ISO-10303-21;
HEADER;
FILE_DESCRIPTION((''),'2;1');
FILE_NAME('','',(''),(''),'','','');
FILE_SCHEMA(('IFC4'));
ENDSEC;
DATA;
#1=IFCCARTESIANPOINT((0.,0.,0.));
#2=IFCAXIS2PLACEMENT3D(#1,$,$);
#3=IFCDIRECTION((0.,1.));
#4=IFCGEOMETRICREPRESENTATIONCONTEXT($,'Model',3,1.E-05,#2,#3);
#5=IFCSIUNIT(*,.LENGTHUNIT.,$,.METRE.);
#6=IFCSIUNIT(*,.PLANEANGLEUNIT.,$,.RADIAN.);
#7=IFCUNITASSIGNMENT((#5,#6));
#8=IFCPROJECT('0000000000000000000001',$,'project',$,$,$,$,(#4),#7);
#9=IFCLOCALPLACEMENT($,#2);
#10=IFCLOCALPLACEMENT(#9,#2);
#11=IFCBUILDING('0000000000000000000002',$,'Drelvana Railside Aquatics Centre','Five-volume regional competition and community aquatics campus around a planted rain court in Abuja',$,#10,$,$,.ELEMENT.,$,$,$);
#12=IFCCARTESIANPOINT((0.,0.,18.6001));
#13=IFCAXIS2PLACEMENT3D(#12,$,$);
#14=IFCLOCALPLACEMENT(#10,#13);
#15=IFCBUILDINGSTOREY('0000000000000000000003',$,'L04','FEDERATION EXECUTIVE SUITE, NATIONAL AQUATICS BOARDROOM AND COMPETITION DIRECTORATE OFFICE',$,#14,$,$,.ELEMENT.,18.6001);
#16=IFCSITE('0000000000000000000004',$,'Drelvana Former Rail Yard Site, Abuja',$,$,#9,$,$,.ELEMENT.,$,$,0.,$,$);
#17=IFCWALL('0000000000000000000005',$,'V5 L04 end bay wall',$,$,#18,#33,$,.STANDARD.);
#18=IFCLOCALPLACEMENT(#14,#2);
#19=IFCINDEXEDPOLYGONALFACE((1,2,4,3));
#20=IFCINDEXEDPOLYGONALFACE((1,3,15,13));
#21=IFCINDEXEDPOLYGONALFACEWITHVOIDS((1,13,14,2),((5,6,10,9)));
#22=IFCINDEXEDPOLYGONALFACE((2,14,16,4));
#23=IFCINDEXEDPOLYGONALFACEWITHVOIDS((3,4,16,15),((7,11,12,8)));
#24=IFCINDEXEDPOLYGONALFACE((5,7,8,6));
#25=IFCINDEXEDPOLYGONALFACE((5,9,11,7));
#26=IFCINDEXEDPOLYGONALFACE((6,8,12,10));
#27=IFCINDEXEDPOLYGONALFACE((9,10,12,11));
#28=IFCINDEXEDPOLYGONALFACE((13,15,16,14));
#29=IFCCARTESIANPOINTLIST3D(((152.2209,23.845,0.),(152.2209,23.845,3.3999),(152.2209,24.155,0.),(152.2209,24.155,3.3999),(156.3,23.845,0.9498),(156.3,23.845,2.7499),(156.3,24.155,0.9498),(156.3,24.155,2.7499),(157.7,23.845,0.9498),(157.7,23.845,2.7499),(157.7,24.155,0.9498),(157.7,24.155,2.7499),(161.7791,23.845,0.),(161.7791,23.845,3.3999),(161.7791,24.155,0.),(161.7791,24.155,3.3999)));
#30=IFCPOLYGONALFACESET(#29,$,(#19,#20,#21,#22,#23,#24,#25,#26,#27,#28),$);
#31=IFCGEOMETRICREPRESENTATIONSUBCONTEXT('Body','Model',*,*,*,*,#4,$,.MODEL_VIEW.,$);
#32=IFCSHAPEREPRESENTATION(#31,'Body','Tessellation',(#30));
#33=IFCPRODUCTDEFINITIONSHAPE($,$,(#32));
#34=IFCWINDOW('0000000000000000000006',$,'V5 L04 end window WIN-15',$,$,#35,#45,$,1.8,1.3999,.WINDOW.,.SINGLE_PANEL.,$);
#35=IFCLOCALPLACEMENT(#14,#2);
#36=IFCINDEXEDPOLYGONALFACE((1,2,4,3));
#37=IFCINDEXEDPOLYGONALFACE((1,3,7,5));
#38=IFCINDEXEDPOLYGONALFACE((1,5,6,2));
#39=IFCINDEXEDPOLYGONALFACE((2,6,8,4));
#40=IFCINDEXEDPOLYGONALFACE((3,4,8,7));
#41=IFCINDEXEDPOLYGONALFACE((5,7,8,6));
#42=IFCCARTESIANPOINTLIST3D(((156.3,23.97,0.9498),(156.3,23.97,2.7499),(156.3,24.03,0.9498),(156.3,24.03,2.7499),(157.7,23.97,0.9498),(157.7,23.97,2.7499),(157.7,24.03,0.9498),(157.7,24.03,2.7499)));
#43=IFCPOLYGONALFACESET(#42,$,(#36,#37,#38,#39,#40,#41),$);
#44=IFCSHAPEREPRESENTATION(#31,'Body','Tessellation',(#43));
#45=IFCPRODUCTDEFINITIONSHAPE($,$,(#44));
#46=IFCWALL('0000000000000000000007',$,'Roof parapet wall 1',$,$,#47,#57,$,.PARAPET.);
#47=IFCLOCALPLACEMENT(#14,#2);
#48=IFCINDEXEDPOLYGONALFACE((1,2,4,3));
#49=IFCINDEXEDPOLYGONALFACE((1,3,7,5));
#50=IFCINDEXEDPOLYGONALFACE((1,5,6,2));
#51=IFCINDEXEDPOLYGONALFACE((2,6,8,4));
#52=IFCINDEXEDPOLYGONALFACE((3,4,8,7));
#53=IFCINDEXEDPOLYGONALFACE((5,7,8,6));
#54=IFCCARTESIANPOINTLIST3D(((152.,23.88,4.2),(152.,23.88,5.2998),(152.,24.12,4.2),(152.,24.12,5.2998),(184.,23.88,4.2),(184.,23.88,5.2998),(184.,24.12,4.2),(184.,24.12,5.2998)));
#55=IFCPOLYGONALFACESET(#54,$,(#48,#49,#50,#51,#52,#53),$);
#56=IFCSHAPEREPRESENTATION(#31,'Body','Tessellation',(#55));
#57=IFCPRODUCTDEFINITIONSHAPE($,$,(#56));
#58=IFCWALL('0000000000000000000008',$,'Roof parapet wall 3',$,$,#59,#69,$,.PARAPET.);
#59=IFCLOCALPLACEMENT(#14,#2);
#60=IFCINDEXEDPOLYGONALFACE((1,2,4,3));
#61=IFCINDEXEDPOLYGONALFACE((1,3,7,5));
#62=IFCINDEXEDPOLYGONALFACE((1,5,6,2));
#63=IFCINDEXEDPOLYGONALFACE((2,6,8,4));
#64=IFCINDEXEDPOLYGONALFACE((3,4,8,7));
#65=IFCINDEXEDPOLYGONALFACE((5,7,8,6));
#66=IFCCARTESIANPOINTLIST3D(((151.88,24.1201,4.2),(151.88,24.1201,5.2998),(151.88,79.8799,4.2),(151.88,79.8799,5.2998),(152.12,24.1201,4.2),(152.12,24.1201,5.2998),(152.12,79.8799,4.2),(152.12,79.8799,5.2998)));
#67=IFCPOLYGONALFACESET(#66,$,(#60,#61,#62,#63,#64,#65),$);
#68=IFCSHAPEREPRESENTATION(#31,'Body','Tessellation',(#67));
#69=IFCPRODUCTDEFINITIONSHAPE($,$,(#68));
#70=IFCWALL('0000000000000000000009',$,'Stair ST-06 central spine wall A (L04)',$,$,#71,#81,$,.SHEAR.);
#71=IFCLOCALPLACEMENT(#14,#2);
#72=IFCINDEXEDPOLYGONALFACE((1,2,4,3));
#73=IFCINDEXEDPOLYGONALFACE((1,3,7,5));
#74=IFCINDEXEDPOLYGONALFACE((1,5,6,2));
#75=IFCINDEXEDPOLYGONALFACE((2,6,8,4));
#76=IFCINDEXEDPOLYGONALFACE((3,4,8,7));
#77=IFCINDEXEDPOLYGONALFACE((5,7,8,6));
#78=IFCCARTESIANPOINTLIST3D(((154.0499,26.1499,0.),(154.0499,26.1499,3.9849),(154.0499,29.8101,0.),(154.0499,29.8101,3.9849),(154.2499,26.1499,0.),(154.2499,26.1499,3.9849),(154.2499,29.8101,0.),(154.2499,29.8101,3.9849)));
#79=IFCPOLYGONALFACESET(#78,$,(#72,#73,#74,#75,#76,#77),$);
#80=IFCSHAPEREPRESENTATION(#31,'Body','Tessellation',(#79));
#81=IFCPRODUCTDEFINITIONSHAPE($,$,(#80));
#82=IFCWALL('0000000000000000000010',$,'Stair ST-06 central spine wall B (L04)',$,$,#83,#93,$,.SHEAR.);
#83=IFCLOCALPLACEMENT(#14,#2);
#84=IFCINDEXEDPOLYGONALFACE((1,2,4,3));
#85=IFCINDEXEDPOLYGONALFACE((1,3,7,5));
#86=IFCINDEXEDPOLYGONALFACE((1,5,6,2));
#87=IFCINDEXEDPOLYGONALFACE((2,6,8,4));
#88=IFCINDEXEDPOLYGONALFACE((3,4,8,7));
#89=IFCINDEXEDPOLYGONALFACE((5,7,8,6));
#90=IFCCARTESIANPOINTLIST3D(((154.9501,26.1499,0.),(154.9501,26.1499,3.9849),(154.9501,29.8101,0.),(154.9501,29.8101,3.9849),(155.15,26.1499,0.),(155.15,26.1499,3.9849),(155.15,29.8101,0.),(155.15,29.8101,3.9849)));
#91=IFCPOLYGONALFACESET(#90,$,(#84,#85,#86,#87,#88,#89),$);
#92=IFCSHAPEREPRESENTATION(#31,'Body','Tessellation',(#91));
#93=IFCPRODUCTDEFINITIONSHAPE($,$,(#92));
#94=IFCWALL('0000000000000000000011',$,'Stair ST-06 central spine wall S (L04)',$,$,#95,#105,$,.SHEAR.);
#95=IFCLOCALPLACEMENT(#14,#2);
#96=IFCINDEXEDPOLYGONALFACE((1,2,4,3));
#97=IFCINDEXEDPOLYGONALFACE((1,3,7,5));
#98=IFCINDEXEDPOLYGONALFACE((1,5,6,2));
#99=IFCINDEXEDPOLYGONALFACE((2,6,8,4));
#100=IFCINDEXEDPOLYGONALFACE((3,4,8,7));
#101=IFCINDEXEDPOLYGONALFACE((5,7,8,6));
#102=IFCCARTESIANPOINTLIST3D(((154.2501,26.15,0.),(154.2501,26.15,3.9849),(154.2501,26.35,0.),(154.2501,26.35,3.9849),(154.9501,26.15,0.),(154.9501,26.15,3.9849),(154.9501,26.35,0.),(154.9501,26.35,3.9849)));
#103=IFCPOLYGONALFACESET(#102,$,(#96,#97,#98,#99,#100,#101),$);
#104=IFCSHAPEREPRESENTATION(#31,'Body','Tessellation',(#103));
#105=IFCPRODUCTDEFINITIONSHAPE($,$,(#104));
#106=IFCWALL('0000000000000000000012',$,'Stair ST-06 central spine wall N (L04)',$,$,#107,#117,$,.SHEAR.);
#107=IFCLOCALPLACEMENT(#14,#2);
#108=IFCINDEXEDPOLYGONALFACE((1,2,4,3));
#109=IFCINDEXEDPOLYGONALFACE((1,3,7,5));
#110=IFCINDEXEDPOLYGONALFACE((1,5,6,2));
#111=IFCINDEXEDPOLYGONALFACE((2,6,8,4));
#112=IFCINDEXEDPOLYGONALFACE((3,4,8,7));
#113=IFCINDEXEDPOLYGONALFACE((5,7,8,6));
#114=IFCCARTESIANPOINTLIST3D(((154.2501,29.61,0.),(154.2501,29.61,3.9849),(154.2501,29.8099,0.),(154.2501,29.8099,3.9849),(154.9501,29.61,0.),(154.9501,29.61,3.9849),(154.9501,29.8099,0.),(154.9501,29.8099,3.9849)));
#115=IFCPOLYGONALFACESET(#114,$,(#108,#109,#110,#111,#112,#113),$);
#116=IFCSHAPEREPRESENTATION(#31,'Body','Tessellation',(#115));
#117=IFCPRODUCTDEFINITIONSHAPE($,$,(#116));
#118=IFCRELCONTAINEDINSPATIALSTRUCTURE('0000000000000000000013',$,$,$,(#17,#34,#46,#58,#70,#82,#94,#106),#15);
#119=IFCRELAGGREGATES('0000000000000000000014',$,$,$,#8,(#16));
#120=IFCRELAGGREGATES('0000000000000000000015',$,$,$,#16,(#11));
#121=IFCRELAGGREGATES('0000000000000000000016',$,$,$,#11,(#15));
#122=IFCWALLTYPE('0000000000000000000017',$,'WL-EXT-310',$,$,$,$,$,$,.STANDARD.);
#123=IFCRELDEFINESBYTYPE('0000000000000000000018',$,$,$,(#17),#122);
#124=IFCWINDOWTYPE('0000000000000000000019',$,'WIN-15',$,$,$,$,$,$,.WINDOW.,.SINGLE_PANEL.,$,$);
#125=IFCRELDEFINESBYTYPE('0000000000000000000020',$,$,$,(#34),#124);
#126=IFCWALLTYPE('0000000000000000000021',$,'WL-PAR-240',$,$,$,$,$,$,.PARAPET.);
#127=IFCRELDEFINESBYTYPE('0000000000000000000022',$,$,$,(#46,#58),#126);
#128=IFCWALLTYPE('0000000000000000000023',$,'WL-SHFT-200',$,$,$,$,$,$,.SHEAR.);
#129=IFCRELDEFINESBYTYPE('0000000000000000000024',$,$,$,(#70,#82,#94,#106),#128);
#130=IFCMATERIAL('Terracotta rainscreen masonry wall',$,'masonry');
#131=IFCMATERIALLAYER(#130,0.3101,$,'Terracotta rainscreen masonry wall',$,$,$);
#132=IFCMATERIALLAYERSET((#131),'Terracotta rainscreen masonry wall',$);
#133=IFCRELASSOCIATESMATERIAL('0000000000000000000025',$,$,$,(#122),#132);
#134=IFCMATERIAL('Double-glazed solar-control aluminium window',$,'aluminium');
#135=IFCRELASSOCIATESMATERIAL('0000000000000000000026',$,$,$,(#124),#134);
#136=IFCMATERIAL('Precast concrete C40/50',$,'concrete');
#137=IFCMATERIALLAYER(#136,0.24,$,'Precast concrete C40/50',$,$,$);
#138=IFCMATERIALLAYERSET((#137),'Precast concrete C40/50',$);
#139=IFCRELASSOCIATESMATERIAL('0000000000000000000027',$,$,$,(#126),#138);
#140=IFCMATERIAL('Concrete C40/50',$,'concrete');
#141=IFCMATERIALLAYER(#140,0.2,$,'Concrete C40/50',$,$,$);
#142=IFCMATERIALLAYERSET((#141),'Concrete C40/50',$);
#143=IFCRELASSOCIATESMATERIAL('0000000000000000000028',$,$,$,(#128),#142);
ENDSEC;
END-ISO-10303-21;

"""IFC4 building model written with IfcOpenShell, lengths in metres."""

from ifc_helpers import new_model, si_unit, direction, frame, frame_2d, origin, place, context, subcontext, project, spatial, rectangle, extrude, material, layer, layer_set, type_object, element, fill, save


model = new_model("IFC4")

# Units and contexts
model_context = context("Model", 3, precision=1e-05, world=origin(), true_north=direction((0.0, 1.0)))
body_context = subcontext(model_context, "Body", "Model", "MODEL_VIEW")
ifc_project = project(units=[si_unit("LENGTHUNIT", "METRE"), si_unit("PLANEANGLEUNIT", "RADIAN")], contexts=[model_context])

# Site, building, storey
site_placement = place(None, origin())
site = spatial("IfcSite", under=ifc_project, at=site_placement, Name="Drelvana Former Rail Yard Site, Abuja", CompositionType="ELEMENT", RefElevation=0.0)
building_placement = place(site_placement, origin())
building = spatial("IfcBuilding", under=site, at=building_placement, Name="Drelvana Railside Aquatics Centre", Description="Five-volume regional competition and community aquatics campus around a planted rain court in Abuja", CompositionType="ELEMENT")
storey_placement = place(building_placement, frame((0.0, 0.0, 18.6001)))
storey = spatial("IfcBuildingStorey", under=building, at=storey_placement, Name="L04", Description="FEDERATION EXECUTIVE SUITE, NATIONAL AQUATICS BOARDROOM AND COMPETITION DIRECTORATE OFFICE", CompositionType="ELEMENT", Elevation=18.6001)

# Shared definitions
ifc_material_1 = material(Name="Concrete C40/50", Category="concrete")

# Wall, opening, window
ifc_material_2 = material(Name="Terracotta rainscreen masonry wall", Category="masonry")
ifc_layer_1 = layer(ifc_material_2, 0.3101, Name="Terracotta rainscreen masonry wall")
ifc_layer_set_1 = layer_set([ifc_layer_1], Name="Terracotta rainscreen masonry wall")
wall_type_1 = type_object("IfcWallType", Name="WL-EXT-310", PredefinedType="STANDARD", material=ifc_layer_set_1)
wall_1_placement = place(storey_placement, frame((152.2209, 24.0, 0.0), z_axis=(0.0, 0.0, 1.0), x_axis=(1.0, 0.0, 0.0)))
wall_1 = element("IfcWall", 1, at=wall_1_placement, inside=storey, type_object=wall_type_1, Name="V5 L04 end bay wall", PredefinedType="STANDARD", context=body_context, shape_type="SweptSolid", body=[
    extrude(rectangle(XDim=9.5581, YDim=0.3101, at=frame_2d((4.7791, 0.0))), origin(), (0.0, 0.0, 1.0), 3.3999),
])
opening_1_placement = place(wall_1_placement, frame((4.0791, 0.0, 0.95)))
opening_1 = element("IfcOpeningElement", 2, at=opening_1_placement, cuts=wall_1, PredefinedType="OPENING", context=body_context, shape_type="SweptSolid", body=[
    extrude(rectangle(XDim=1.3999, YDim=1.8, at=frame_2d((0.7, 0.8999))), frame((0.0, 0.165, 0.0), z_axis=(0.0, -1.0, 0.0), x_axis=(1.0, 0.0, 0.0)), (0.0, 0.0, 1.0), 0.3301),
])
ifc_material_3 = material(Name="Double-glazed solar-control aluminium window", Category="aluminium")
window_type = type_object("IfcWindowType", Name="WIN-15", PartitioningType="SINGLE_PANEL", PredefinedType="WINDOW", material=ifc_material_3)
window_placement = place(opening_1_placement, origin())
window = element("IfcWindow", 3, at=window_placement, inside=storey, type_object=window_type, Name="V5 L04 end window WIN-15", OverallHeight=1.8, OverallWidth=1.3999, PartitioningType="SINGLE_PANEL", PredefinedType="WINDOW", context=body_context, shape_type="SweptSolid", body=[
    extrude(rectangle(XDim=1.3999, YDim=1.8, at=frame_2d((0.7, 0.8999))), frame((0.0, 0.03, 0.0), z_axis=(0.0, -1.0, 0.0), x_axis=(1.0, 0.0, 0.0)), (0.0, 0.0, 1.0), 0.0601),
])
fill(opening_1, window)

# Walls
ifc_material_4 = material(Name="Precast concrete C40/50", Category="concrete")
ifc_layer_2 = layer(ifc_material_4, 0.24, Name="Precast concrete C40/50")
ifc_layer_set_2 = layer_set([ifc_layer_2], Name="Precast concrete C40/50")
wall_type_2 = type_object("IfcWallType", Name="WL-PAR-240", PredefinedType="PARAPET", material=ifc_layer_set_2)
wall_2_placement = place(storey_placement, frame((152.0, 24.0, 4.2), z_axis=(0.0, 0.0, 1.0), x_axis=(1.0, 0.0, 0.0)))
element("IfcWall", 4, at=wall_2_placement, inside=storey, type_object=wall_type_2, Name="Roof parapet wall 1", PredefinedType="PARAPET", context=body_context, shape_type="SweptSolid", body=[
    extrude(rectangle(XDim=32.0, YDim=0.24, at=frame_2d((16.0, 0.0))), origin(), (0.0, 0.0, 1.0), 1.0999),
])
wall_3_placement = place(storey_placement, frame((152.0, 24.1201, 4.2), z_axis=(0.0, 0.0, 1.0), x_axis=(0.0, 1.0, 0.0)))
element("IfcWall", 5, at=wall_3_placement, inside=storey, type_object=wall_type_2, Name="Roof parapet wall 3", PredefinedType="PARAPET", context=body_context, shape_type="SweptSolid", body=[
    extrude(rectangle(XDim=55.7598, YDim=0.24, at=frame_2d((27.8799, 0.0))), origin(), (0.0, 0.0, 1.0), 1.0999),
])
ifc_layer_3 = layer(ifc_material_1, 0.2, Name="Concrete C40/50")
ifc_layer_set_3 = layer_set([ifc_layer_3], Name="Concrete C40/50")
wall_type_3 = type_object("IfcWallType", Name="WL-SHFT-200", PredefinedType="SHEAR", material=ifc_layer_set_3)
for number, where, z_axis, x_axis, name in (
    (6, (154.1499, 26.1499, 0.0), (0.0, 0.0, 1.0), (0.0, 1.0, 0.0), "Stair ST-06 central spine wall A (L04)"),
    (7, (155.05, 26.1499, 0.0), (0.0, 0.0, 1.0), (0.0, 1.0, 0.0), "Stair ST-06 central spine wall B (L04)"),
):
    element("IfcWall", number, at=place(storey_placement, frame(where, z_axis=z_axis, x_axis=x_axis)), inside=storey, type_object=wall_type_3, Name=name, PredefinedType="SHEAR", context=body_context, shape_type="SweptSolid", body=[
        extrude(rectangle(XDim=3.6602, YDim=0.2, at=frame_2d((1.8301, 0.0))), origin(), (0.0, 0.0, 1.0), 3.9849),
    ])
for number, where, z_axis, x_axis, name in (
    (8, (154.25, 26.25, 0.0), (0.0, 0.0, 1.0), (1.0, 0.0, 0.0), "Stair ST-06 central spine wall S (L04)"),
    (9, (154.25, 29.71, 0.0), (0.0, 0.0, 1.0), (1.0, 0.0, 0.0), "Stair ST-06 central spine wall N (L04)"),
):
    element("IfcWall", number, at=place(storey_placement, frame(where, z_axis=z_axis, x_axis=x_axis)), inside=storey, type_object=wall_type_3, Name=name, PredefinedType="SHEAR", context=body_context, shape_type="SweptSolid", body=[
        extrude(rectangle(XDim=0.7, YDim=0.2, at=frame_2d((0.3501, 0.0))), origin(), (0.0, 0.0, 1.0), 3.9849),
    ])

save(model, "model.ifc")
